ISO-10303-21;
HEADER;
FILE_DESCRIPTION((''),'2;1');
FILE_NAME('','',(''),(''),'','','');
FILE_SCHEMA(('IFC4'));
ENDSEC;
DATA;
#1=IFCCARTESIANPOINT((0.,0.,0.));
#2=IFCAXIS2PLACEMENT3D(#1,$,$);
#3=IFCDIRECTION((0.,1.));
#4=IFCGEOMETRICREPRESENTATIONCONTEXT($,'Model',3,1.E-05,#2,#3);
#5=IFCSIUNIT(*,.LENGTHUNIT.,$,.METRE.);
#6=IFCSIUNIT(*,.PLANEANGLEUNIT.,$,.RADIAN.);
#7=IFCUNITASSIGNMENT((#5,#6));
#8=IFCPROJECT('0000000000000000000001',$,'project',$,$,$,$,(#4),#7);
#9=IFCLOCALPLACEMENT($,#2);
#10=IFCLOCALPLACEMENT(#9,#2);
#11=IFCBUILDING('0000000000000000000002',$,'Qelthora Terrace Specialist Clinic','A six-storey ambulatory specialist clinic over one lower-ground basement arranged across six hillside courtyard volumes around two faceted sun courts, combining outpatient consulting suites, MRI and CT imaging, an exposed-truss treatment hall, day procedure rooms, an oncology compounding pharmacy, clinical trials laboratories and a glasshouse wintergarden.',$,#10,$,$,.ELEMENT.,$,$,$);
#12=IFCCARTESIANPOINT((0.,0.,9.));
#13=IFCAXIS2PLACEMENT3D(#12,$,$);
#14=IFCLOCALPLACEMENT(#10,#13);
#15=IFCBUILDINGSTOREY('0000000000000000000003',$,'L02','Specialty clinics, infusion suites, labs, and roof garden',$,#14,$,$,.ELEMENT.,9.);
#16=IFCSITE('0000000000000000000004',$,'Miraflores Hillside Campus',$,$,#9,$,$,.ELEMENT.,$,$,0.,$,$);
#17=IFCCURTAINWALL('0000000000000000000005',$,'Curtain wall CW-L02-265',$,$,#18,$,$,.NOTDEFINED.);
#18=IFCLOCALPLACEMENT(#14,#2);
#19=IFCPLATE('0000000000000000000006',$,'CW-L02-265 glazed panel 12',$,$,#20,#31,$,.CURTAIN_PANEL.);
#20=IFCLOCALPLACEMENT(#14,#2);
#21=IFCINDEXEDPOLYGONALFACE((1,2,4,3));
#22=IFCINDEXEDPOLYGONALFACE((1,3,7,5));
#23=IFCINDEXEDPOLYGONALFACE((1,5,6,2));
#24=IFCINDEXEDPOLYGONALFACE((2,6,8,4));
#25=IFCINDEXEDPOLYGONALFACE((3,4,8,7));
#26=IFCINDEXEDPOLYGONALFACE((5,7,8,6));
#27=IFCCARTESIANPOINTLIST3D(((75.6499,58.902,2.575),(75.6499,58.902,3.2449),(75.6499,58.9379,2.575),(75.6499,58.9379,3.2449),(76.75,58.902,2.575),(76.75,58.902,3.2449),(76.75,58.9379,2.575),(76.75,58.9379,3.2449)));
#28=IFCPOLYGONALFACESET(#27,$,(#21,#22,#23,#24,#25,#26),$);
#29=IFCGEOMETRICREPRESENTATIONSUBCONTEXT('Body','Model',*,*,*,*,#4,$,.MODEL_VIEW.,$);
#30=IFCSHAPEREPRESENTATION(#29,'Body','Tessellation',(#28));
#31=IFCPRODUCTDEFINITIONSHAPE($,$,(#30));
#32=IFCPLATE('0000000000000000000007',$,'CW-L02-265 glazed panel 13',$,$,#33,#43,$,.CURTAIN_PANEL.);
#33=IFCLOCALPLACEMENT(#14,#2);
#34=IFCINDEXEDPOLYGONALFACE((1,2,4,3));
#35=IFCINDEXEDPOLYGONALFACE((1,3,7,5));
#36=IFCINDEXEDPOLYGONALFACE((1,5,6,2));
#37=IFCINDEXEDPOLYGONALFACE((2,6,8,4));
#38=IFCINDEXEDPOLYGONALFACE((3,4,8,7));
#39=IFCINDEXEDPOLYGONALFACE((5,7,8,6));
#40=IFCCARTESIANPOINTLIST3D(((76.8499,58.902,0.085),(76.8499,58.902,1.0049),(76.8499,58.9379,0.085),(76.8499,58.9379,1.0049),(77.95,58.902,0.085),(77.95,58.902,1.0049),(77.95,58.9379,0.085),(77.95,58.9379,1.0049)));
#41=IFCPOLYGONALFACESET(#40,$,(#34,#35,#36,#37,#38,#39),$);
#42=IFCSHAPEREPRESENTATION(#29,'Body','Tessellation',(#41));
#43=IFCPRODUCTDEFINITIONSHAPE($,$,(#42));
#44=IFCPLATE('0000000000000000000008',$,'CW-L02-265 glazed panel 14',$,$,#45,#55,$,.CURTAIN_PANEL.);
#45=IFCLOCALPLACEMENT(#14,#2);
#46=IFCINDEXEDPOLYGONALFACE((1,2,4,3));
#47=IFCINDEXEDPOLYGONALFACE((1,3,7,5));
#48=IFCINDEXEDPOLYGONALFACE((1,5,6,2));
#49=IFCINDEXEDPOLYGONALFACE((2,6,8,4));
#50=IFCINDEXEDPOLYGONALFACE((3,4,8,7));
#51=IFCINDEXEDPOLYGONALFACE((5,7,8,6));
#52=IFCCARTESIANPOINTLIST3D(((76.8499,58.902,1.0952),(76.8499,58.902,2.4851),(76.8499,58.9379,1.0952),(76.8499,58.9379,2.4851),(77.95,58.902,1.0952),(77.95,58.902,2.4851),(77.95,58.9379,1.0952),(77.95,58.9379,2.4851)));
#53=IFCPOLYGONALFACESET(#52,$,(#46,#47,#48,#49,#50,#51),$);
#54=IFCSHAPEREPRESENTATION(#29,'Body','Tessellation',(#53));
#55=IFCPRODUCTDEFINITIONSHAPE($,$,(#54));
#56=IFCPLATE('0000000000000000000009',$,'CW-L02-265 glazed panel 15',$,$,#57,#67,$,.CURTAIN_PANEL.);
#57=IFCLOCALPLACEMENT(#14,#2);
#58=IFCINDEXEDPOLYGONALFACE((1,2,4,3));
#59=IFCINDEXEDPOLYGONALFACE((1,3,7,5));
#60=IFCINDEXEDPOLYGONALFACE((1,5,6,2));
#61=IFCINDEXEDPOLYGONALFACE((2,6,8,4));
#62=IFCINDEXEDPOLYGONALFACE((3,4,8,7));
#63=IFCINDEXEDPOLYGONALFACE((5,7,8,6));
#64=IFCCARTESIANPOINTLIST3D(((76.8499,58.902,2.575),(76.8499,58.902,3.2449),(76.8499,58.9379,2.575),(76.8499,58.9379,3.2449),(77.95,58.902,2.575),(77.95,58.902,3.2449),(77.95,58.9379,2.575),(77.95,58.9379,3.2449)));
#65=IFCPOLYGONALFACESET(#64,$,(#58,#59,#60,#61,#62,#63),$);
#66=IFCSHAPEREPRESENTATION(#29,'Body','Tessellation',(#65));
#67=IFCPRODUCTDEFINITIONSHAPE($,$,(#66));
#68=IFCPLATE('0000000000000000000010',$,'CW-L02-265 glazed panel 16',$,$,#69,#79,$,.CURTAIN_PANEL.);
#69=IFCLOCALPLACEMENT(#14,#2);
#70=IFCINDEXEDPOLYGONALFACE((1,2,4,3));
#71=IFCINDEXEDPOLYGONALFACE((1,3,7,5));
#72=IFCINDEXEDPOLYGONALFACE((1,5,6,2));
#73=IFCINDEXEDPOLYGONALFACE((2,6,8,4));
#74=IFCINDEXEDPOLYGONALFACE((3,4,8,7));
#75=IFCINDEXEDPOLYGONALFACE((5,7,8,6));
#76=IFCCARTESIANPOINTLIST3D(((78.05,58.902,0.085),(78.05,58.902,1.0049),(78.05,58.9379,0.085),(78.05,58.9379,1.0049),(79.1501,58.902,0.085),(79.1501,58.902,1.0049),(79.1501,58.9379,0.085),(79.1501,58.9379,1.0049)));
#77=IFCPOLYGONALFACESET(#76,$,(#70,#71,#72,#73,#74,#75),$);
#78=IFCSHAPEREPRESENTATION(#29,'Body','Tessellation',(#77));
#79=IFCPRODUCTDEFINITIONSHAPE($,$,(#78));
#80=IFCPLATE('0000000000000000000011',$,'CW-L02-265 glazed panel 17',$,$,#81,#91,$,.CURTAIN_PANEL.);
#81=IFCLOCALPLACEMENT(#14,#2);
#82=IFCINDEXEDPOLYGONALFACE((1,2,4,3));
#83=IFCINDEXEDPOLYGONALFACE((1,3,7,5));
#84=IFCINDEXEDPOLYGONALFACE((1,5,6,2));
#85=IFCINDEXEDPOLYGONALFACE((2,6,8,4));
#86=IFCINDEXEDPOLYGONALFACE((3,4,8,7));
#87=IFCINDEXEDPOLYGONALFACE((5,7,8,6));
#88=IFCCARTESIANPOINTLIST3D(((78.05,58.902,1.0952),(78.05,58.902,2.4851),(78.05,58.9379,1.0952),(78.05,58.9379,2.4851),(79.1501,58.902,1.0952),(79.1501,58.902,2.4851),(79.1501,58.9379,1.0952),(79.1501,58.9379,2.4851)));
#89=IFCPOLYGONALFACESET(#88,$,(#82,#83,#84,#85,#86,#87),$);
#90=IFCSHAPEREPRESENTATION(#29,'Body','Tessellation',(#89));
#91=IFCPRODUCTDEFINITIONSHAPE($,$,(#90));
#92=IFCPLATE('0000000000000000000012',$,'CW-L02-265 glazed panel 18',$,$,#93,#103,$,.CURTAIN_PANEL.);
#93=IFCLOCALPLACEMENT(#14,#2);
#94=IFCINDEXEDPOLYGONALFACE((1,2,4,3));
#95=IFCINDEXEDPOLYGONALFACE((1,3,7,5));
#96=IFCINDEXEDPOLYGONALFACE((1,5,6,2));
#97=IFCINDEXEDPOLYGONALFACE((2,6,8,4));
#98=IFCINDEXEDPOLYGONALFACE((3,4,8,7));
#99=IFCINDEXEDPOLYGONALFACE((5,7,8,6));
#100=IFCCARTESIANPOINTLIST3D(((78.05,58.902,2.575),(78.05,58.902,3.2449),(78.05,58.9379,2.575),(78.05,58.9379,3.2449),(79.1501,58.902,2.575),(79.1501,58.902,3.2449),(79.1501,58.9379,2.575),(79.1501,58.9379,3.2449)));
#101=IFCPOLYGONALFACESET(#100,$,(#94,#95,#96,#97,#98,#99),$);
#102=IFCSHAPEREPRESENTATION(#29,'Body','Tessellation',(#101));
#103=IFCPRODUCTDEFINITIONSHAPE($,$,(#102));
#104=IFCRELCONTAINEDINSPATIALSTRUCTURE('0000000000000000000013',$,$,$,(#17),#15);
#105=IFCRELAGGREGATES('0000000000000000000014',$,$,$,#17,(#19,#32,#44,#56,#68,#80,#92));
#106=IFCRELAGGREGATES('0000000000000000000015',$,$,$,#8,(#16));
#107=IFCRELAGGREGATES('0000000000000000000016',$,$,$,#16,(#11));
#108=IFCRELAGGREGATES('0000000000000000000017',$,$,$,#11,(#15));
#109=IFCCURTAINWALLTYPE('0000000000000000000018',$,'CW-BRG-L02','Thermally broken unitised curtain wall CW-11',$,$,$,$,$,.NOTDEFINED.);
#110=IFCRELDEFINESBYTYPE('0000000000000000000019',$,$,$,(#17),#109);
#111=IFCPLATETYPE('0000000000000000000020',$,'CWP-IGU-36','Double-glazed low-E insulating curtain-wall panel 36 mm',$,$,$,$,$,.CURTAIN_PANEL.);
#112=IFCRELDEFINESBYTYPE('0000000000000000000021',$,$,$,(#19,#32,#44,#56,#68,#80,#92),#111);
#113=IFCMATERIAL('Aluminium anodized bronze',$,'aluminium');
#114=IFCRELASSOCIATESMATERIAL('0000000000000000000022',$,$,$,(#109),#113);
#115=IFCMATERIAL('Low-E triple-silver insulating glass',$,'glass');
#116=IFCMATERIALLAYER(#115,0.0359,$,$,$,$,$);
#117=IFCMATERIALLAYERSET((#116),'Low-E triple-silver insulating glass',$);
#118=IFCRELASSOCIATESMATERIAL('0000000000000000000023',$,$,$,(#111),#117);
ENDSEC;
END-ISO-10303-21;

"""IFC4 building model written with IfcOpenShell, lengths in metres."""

from ifc_helpers import new_model, si_unit, direction, frame, origin, origin_2d, place, context, subcontext, project, spatial, rectangle, extrude, material, layer, layer_set, type_object, element, aggregate, save


model = new_model("IFC4")

# Units and contexts
model_context = context("Model", 3, precision=1e-05, world=origin(), true_north=direction((0.0, 1.0)))
body_context = subcontext(model_context, "Body", "Model", "MODEL_VIEW")
ifc_project = project(units=[si_unit("LENGTHUNIT", "METRE"), si_unit("PLANEANGLEUNIT", "RADIAN")], contexts=[model_context])

# Site, building, storey
site_placement = place(None, origin())
site = spatial("IfcSite", under=ifc_project, at=site_placement, Name="Miraflores Hillside Campus", CompositionType="ELEMENT", RefElevation=0.0)
building_placement = place(site_placement, origin())
building = spatial("IfcBuilding", under=site, at=building_placement, Name="Qelthora Terrace Specialist Clinic", Description="A six-storey ambulatory specialist clinic over one lower-ground basement arranged across six hillside courtyard volumes around two faceted sun courts, combining outpatient consulting suites, MRI and CT imaging, an exposed-truss treatment hall, day procedure rooms, an oncology compounding pharmacy, clinical trials laboratories and a glasshouse wintergarden.", CompositionType="ELEMENT")
storey_placement = place(building_placement, frame((0.0, 0.0, 9.0)))
storey = spatial("IfcBuildingStorey", under=building, at=storey_placement, Name="L02", Description="Specialty clinics, infusion suites, labs, and roof garden", CompositionType="ELEMENT", Elevation=9.0)

# Curtain wall
ifc_material_1 = material(Name="Aluminium anodized bronze", Category="aluminium")
curtain_wall_type = type_object("IfcCurtainWallType", Name="CW-BRG-L02", Description="Thermally broken unitised curtain wall CW-11", PredefinedType="NOTDEFINED", material=ifc_material_1)
curtain_wall_1_placement = place(storey_placement, origin())
curtain_wall_1 = element("IfcCurtainWall", 1, at=curtain_wall_1_placement, inside=storey, type_object=curtain_wall_type, Name="Curtain wall CW-L02-265", PredefinedType="NOTDEFINED")

# Shared definitions
ifc_material_2 = material(Name="Low-E triple-silver insulating glass", Category="glass")
ifc_layer = layer(ifc_material_2, 0.0359)
ifc_layer_set = layer_set([ifc_layer], Name="Low-E triple-silver insulating glass")
plate_type = type_object("IfcPlateType", Name="CWP-IGU-36", Description="Double-glazed low-E insulating curtain-wall panel 36 mm", PredefinedType="CURTAIN_PANEL", material=ifc_layer_set)

# Plates
plate_1_placement = place(storey_placement, frame((76.2, 58.9199, 2.575), z_axis=(0.0, 0.0, 1.0), x_axis=(1.0, 0.0, 0.0)))
plate_1 = element("IfcPlate", 2, at=plate_1_placement, type_object=plate_type, Name="CW-L02-265 glazed panel 12", PredefinedType="CURTAIN_PANEL", context=body_context, shape_type="SweptSolid", body=[
    extrude(rectangle(XDim=1.1001, YDim=0.0359, at=origin_2d()), origin(), (0.0, 0.0, 1.0), 0.6699),
])
plate_2_placement = place(storey_placement, frame((77.3999, 58.9199, 0.085), z_axis=(0.0, 0.0, 1.0), x_axis=(1.0, 0.0, 0.0)))
plate_2 = element("IfcPlate", 3, at=plate_2_placement, type_object=plate_type, Name="CW-L02-265 glazed panel 13", PredefinedType="CURTAIN_PANEL", context=body_context, shape_type="SweptSolid", body=[
    extrude(rectangle(XDim=1.1001, YDim=0.0359, at=origin_2d()), origin(), (0.0, 0.0, 1.0), 0.9199),
])
plate_3_placement = place(storey_placement, frame((77.3999, 58.9199, 1.0952), z_axis=(0.0, 0.0, 1.0), x_axis=(1.0, 0.0, 0.0)))
plate_3 = element("IfcPlate", 4, at=plate_3_placement, type_object=plate_type, Name="CW-L02-265 glazed panel 14", PredefinedType="CURTAIN_PANEL", context=body_context, shape_type="SweptSolid", body=[
    extrude(rectangle(XDim=1.1001, YDim=0.0359, at=origin_2d()), origin(), (0.0, 0.0, 1.0), 1.3899),
])
plate_4_placement = place(storey_placement, frame((77.3999, 58.9199, 2.575), z_axis=(0.0, 0.0, 1.0), x_axis=(1.0, 0.0, 0.0)))
plate_4 = element("IfcPlate", 5, at=plate_4_placement, type_object=plate_type, Name="CW-L02-265 glazed panel 15", PredefinedType="CURTAIN_PANEL", context=body_context, shape_type="SweptSolid", body=[
    extrude(rectangle(XDim=1.1001, YDim=0.0359, at=origin_2d()), origin(), (0.0, 0.0, 1.0), 0.6699),
])
plate_5_placement = place(storey_placement, frame((78.6001, 58.9199, 0.085), z_axis=(0.0, 0.0, 1.0), x_axis=(1.0, 0.0, 0.0)))
plate_5 = element("IfcPlate", 6, at=plate_5_placement, type_object=plate_type, Name="CW-L02-265 glazed panel 16", PredefinedType="CURTAIN_PANEL", context=body_context, shape_type="SweptSolid", body=[
    extrude(rectangle(XDim=1.1001, YDim=0.0359, at=origin_2d()), origin(), (0.0, 0.0, 1.0), 0.9199),
])
plate_6_placement = place(storey_placement, frame((78.6001, 58.9199, 1.0952), z_axis=(0.0, 0.0, 1.0), x_axis=(1.0, 0.0, 0.0)))
plate_6 = element("IfcPlate", 7, at=plate_6_placement, type_object=plate_type, Name="CW-L02-265 glazed panel 17", PredefinedType="CURTAIN_PANEL", context=body_context, shape_type="SweptSolid", body=[
    extrude(rectangle(XDim=1.1001, YDim=0.0359, at=origin_2d()), origin(), (0.0, 0.0, 1.0), 1.3899),
])
plate_7_placement = place(storey_placement, frame((78.6001, 58.9199, 2.575), z_axis=(0.0, 0.0, 1.0), x_axis=(1.0, 0.0, 0.0)))
plate_7 = element("IfcPlate", 8, at=plate_7_placement, type_object=plate_type, Name="CW-L02-265 glazed panel 18", PredefinedType="CURTAIN_PANEL", context=body_context, shape_type="SweptSolid", body=[
    extrude(rectangle(XDim=1.1001, YDim=0.0359, at=origin_2d()), origin(), (0.0, 0.0, 1.0), 0.6699),
])
aggregate(curtain_wall_1, [plate_1, plate_2, plate_3, plate_4, plate_5, plate_6, plate_7])

save(model, "model.ifc")
